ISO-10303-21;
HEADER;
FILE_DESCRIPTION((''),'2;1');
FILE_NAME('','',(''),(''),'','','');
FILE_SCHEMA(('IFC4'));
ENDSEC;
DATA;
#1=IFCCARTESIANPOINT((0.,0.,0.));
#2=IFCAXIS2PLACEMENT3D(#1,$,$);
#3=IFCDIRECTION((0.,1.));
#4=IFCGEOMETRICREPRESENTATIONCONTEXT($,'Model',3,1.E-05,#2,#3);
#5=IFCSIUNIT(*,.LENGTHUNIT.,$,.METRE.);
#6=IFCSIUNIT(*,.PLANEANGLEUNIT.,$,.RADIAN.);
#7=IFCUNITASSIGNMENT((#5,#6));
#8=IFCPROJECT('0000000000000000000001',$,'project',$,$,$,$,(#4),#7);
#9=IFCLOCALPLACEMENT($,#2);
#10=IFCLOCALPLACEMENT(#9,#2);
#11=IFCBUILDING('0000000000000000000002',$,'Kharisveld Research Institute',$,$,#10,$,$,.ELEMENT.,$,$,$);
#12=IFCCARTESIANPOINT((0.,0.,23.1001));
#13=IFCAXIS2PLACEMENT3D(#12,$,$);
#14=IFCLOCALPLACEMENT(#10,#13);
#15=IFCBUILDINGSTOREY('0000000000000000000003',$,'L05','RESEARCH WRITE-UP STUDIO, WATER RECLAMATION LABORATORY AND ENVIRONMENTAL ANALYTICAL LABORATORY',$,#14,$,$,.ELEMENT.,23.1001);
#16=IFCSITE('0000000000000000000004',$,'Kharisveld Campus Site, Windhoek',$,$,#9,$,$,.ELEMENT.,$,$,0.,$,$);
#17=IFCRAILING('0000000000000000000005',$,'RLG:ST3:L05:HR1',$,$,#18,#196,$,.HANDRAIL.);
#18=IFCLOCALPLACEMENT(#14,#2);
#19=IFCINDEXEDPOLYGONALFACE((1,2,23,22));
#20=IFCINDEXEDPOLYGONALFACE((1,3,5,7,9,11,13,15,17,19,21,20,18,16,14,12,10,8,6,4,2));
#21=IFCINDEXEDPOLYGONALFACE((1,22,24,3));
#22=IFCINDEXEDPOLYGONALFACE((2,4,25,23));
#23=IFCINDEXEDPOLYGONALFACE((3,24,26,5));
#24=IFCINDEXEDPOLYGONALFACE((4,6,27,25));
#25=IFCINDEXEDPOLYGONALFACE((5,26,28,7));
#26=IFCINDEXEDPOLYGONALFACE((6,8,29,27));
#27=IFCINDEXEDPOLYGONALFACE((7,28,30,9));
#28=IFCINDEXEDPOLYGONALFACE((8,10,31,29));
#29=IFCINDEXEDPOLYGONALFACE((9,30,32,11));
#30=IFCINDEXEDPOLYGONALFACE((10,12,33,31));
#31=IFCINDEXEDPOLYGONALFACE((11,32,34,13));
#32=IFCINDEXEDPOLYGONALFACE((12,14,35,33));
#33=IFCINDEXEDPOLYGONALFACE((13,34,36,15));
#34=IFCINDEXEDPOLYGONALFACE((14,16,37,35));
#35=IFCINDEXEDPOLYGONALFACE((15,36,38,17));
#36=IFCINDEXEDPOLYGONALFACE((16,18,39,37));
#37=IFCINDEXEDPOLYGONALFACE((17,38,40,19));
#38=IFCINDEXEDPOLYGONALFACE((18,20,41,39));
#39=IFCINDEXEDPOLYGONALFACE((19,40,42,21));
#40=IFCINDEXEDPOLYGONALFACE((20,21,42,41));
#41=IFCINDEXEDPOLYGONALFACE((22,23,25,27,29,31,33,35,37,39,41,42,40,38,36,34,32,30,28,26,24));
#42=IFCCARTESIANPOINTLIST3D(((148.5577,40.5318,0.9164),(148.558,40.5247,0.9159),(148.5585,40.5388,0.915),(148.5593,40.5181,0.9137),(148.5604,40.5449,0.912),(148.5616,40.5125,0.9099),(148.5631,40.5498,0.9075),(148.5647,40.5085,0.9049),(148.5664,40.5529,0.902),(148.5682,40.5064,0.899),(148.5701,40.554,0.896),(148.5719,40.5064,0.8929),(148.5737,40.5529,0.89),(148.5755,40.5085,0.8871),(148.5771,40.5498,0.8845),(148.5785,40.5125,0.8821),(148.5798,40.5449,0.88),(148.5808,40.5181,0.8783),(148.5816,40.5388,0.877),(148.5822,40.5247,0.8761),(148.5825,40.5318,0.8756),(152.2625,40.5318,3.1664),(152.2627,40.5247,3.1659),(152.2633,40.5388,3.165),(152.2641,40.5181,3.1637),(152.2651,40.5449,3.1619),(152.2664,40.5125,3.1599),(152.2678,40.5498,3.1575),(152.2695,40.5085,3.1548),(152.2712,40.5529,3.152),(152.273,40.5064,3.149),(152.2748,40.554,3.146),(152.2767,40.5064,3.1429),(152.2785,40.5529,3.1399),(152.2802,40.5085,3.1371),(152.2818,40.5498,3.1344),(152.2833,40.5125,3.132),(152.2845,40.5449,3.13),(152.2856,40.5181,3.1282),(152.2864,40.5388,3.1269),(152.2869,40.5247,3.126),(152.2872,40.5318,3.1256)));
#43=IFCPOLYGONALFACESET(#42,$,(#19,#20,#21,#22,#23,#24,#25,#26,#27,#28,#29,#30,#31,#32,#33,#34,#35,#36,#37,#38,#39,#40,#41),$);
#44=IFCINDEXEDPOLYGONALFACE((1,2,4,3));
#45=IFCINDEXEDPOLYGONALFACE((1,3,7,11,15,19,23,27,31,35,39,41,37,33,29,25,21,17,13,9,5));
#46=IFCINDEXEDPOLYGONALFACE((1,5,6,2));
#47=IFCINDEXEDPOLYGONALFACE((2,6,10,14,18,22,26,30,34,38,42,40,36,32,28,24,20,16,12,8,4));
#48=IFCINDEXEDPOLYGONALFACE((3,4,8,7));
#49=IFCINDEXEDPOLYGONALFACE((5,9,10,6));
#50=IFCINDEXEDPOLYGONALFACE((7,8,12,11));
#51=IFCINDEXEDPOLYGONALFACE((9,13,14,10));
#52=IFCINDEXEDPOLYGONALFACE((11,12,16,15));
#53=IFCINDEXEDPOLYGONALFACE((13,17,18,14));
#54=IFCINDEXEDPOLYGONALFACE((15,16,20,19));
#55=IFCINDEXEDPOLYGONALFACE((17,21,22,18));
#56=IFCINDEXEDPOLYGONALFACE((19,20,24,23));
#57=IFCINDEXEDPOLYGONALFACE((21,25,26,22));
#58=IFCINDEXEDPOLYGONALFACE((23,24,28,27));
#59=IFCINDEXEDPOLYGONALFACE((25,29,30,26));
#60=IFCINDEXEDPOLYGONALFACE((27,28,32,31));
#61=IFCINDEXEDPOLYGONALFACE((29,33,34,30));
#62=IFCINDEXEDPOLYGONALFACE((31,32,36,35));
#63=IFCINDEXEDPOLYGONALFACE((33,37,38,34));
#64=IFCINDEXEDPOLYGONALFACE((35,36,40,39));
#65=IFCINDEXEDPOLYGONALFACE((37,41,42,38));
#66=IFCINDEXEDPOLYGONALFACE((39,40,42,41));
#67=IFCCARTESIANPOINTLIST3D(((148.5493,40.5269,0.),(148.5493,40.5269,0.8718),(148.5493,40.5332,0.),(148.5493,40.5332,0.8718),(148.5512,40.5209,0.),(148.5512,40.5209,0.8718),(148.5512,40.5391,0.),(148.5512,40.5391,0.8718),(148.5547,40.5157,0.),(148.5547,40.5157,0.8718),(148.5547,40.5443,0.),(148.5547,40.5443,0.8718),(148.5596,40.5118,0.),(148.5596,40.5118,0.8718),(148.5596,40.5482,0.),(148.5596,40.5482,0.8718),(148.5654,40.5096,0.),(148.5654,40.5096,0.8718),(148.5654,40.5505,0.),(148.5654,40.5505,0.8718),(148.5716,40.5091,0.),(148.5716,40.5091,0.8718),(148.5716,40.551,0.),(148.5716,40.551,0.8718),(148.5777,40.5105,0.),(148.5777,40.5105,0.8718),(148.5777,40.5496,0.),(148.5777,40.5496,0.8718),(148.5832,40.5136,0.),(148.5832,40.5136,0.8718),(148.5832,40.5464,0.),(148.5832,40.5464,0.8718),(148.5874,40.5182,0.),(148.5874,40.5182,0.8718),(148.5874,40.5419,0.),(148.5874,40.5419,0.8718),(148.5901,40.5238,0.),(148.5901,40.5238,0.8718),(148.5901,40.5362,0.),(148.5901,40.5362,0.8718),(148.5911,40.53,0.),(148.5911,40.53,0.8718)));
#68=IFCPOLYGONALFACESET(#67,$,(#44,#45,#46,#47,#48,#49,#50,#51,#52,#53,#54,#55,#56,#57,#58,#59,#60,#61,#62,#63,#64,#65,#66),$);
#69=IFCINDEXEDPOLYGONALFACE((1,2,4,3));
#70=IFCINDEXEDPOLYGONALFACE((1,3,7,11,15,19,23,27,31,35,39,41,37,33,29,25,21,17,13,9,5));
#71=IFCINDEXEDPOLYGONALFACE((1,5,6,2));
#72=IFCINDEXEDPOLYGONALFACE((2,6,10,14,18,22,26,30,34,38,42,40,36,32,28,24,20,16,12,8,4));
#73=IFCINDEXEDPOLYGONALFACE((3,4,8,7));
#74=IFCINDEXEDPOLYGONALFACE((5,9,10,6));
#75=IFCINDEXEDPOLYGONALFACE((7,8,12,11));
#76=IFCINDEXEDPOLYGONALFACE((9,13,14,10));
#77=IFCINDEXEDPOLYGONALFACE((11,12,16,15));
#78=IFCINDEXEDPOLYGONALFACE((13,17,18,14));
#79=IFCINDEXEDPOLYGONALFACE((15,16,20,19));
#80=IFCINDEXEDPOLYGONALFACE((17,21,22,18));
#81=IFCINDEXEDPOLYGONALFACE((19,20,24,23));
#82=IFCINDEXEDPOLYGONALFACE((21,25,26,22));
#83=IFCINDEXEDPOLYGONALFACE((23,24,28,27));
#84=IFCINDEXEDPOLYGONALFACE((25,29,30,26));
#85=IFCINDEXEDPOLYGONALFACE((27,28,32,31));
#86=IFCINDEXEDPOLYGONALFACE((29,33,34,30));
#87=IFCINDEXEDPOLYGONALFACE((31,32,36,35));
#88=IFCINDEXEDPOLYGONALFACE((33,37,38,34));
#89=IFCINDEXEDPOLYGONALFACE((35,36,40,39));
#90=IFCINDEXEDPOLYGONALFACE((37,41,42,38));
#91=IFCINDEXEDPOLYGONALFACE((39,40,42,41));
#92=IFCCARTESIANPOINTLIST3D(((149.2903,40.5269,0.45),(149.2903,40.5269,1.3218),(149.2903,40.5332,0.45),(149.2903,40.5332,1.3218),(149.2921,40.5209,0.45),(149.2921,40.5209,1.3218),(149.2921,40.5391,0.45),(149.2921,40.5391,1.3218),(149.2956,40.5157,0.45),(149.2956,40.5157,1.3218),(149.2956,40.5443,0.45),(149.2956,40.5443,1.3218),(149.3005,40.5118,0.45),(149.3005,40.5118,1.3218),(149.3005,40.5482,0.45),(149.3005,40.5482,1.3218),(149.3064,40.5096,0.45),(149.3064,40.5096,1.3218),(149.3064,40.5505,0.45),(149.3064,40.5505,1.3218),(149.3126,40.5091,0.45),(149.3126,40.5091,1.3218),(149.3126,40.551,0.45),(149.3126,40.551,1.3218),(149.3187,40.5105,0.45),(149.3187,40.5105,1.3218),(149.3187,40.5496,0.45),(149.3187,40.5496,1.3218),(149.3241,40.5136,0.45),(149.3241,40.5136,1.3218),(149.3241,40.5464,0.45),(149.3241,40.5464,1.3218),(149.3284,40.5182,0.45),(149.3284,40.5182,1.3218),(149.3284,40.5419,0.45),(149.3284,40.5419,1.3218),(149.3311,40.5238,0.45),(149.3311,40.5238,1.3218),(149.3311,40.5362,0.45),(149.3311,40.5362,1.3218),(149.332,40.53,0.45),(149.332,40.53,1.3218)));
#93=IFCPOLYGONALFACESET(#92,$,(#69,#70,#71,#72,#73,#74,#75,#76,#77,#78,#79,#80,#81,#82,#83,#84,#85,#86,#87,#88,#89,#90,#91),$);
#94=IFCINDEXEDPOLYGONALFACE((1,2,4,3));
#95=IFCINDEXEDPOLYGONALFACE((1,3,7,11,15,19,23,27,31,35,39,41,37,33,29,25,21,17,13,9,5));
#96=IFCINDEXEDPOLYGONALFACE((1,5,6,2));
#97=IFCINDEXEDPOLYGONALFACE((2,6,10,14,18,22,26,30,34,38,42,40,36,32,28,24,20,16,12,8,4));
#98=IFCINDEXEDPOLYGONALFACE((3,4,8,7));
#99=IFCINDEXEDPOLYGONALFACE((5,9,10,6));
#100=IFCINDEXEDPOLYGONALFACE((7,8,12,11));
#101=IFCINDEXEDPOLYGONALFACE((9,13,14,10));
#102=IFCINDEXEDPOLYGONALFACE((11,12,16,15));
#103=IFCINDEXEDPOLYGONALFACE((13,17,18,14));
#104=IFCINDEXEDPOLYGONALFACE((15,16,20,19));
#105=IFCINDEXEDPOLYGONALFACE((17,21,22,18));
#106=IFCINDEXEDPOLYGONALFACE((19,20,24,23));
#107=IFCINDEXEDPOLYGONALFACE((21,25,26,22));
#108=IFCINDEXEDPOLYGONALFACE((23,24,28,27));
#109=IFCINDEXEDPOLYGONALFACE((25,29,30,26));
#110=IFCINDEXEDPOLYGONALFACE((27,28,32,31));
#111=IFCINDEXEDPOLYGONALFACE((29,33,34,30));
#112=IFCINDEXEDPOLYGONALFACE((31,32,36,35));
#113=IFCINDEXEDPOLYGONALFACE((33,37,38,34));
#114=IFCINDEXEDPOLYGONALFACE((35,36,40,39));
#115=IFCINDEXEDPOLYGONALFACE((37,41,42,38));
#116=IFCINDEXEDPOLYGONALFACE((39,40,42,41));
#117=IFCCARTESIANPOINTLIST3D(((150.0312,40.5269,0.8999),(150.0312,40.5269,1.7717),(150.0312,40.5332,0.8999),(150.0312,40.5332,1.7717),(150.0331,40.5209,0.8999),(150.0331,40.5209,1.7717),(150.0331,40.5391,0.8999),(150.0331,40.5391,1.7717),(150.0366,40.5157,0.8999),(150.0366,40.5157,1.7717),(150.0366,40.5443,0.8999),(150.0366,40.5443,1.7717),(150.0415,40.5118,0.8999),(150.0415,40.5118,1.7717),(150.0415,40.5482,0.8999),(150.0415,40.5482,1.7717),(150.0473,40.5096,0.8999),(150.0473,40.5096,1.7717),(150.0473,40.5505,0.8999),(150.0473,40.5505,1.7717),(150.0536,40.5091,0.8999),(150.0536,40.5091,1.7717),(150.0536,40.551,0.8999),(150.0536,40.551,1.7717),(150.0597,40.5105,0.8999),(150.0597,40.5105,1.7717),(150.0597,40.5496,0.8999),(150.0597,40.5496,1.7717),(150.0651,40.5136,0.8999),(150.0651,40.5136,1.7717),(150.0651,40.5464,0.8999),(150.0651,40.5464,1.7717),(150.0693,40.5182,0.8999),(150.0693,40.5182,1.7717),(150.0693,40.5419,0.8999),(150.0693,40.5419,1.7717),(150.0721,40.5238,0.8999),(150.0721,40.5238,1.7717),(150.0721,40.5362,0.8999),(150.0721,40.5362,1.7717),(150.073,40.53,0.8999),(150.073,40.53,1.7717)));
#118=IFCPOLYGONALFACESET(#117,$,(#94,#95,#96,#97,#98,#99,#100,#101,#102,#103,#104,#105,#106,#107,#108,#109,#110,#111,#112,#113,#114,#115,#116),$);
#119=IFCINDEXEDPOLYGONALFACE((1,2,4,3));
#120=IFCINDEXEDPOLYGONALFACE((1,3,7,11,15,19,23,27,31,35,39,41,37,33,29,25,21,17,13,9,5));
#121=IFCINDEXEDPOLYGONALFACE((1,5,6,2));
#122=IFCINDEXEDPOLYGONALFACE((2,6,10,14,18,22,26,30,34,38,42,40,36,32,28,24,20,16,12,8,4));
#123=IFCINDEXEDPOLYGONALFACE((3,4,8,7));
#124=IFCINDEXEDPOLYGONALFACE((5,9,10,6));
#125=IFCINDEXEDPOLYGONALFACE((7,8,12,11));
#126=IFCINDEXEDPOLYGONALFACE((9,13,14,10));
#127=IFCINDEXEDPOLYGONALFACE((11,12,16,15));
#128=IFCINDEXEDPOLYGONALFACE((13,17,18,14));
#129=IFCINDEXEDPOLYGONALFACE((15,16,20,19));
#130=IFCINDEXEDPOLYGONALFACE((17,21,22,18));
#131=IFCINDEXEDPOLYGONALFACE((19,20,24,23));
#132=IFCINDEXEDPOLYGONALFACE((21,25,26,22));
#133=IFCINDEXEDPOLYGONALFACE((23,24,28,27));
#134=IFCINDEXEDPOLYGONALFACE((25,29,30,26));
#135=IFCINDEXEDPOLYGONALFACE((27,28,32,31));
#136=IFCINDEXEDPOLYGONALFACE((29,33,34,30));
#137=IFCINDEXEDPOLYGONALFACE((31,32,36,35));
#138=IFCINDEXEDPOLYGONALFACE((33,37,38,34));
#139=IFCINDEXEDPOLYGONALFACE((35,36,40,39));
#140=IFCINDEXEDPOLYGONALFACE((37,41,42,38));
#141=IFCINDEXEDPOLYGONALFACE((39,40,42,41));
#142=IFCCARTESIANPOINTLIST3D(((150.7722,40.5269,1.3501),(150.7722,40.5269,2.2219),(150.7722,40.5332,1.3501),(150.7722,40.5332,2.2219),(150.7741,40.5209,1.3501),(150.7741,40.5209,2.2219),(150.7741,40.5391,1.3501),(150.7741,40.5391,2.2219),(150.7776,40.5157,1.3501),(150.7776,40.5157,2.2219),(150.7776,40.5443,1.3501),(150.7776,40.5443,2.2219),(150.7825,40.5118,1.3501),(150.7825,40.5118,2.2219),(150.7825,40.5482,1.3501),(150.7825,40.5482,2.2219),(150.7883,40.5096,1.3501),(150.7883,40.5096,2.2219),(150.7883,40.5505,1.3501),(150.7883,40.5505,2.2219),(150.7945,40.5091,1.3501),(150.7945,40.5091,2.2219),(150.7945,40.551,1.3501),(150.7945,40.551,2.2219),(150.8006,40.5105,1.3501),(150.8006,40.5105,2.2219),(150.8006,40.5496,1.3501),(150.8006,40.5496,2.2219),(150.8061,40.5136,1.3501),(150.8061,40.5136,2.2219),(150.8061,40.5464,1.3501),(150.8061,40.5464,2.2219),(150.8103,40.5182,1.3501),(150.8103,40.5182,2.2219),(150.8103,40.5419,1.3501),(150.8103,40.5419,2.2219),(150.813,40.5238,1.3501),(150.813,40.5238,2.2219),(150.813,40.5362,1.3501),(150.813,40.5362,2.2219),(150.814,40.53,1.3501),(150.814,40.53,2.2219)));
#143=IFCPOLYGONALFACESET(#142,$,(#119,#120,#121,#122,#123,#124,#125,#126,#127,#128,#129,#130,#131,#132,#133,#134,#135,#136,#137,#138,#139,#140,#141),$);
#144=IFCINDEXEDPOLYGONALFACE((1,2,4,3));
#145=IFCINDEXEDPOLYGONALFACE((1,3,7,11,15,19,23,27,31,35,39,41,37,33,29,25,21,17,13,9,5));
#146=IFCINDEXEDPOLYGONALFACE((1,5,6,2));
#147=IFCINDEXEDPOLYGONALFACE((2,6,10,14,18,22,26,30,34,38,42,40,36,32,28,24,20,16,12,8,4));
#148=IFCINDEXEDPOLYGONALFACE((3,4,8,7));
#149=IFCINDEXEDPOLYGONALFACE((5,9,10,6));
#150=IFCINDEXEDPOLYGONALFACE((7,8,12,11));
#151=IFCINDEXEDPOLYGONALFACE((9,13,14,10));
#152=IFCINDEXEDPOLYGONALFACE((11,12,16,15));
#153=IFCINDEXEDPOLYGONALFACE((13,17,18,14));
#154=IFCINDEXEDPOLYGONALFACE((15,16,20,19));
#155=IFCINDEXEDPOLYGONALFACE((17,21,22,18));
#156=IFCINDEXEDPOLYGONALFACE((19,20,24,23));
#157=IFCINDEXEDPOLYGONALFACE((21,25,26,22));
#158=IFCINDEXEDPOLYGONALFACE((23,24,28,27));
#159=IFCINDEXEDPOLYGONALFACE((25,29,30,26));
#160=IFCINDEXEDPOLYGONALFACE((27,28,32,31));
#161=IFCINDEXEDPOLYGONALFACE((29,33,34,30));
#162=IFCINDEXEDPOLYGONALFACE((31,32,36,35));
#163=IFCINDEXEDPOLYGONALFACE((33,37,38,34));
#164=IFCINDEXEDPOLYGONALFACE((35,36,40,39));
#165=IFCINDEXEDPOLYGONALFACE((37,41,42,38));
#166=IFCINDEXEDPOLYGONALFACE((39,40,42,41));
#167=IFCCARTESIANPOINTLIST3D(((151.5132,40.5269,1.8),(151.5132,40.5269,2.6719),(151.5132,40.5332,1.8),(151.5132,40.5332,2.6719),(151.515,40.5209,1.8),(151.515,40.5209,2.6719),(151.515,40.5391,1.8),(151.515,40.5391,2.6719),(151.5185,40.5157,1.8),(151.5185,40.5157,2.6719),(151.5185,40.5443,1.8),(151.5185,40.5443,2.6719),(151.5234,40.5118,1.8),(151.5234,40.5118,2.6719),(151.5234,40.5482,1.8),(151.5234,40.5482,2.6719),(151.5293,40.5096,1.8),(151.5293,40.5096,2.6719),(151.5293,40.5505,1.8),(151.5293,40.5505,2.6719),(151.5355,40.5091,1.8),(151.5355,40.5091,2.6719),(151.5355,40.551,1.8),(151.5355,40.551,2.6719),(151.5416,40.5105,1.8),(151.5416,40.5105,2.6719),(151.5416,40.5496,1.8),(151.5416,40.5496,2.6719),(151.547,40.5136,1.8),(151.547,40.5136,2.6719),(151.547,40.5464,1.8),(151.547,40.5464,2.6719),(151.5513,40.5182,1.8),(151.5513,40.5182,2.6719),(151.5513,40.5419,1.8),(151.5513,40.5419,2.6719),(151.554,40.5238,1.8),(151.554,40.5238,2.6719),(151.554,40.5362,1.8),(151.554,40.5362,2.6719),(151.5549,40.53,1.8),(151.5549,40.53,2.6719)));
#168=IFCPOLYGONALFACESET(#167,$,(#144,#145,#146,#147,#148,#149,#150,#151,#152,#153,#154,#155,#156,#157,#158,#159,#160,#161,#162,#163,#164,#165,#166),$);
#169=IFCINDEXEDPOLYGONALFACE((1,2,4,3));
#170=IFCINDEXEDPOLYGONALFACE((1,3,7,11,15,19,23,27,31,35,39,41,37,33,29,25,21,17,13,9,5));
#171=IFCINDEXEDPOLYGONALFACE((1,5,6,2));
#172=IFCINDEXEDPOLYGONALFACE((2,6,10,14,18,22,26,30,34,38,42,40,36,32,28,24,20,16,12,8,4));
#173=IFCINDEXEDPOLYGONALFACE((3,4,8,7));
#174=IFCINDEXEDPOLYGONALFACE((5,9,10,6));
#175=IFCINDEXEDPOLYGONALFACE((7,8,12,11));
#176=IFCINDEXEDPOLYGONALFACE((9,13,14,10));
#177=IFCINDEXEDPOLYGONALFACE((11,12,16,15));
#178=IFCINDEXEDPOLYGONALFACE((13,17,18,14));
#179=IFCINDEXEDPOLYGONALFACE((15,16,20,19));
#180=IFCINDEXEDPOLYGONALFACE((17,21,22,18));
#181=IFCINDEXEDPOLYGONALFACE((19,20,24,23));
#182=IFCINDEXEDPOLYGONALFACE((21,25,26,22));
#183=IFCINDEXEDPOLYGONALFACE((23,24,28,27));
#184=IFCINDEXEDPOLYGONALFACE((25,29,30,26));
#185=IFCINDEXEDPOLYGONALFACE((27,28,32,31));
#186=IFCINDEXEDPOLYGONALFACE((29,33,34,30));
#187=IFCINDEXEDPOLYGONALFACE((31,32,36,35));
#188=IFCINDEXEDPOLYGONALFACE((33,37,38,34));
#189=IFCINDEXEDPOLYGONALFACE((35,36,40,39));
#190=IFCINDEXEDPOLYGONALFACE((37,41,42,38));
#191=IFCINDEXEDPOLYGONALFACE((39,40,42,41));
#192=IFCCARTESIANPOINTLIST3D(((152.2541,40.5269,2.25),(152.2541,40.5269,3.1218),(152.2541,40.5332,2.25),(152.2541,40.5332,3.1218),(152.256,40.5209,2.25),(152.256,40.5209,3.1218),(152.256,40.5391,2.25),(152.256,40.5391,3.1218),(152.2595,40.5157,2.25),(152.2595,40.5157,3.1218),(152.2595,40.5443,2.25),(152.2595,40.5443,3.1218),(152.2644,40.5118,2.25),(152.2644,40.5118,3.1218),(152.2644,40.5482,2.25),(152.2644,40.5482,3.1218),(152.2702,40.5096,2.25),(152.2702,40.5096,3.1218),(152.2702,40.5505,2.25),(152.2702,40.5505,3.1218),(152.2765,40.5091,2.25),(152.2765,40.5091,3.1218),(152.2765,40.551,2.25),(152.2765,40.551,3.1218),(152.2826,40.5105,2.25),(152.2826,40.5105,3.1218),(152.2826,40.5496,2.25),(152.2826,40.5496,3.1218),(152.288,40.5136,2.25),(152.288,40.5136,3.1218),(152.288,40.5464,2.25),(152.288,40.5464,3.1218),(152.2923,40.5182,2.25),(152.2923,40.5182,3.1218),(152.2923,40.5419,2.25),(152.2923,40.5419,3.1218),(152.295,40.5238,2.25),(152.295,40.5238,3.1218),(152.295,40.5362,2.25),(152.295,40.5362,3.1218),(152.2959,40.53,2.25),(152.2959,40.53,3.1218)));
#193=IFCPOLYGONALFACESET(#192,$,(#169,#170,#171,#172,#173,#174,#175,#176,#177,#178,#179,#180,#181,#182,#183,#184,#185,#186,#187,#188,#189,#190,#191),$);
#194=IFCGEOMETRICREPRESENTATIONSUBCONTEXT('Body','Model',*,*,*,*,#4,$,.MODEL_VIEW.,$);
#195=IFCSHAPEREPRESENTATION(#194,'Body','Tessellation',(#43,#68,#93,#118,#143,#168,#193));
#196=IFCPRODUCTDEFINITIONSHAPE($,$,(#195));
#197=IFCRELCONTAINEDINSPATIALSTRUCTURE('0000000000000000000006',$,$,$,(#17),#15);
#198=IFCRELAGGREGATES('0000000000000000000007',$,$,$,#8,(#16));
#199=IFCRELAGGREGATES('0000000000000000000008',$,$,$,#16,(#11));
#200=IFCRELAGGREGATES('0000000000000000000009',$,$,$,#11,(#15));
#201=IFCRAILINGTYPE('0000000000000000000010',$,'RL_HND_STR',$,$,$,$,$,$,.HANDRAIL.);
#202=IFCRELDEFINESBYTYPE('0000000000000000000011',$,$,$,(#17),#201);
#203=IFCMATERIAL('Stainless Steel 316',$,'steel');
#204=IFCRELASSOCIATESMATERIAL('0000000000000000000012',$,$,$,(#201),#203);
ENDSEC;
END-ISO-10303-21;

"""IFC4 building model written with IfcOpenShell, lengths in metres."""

from ifc_helpers import new_model, si_unit, direction, frame, origin, origin_2d, place, context, subcontext, project, spatial, circle, extrude, material, type_object, element, save


model = new_model("IFC4")

# Units and contexts
model_context = context("Model", 3, precision=1e-05, world=origin(), true_north=direction((0.0, 1.0)))
body_context = subcontext(model_context, "Body", "Model", "MODEL_VIEW")
ifc_project = project(units=[si_unit("LENGTHUNIT", "METRE"), si_unit("PLANEANGLEUNIT", "RADIAN")], contexts=[model_context])

# Site, building, storey
site_placement = place(None, origin())
site = spatial("IfcSite", under=ifc_project, at=site_placement, Name="Kharisveld Campus Site, Windhoek", CompositionType="ELEMENT", RefElevation=0.0)
building_placement = place(site_placement, origin())
building = spatial("IfcBuilding", under=site, at=building_placement, Name="Kharisveld Research Institute", CompositionType="ELEMENT")
storey_placement = place(building_placement, frame((0.0, 0.0, 23.1001)))
storey = spatial("IfcBuildingStorey", under=building, at=storey_placement, Name="L05", Description="RESEARCH WRITE-UP STUDIO, WATER RECLAMATION LABORATORY AND ENVIRONMENTAL ANALYTICAL LABORATORY", CompositionType="ELEMENT", Elevation=23.1001)

# Railing
ifc_material_1 = material(Name="Stainless Steel 316", Category="steel")
railing_type_1 = type_object("IfcRailingType", Name="RL_HND_STR", PredefinedType="HANDRAIL", material=ifc_material_1)
railing_1_placement = place(storey_placement, frame((148.5701, 40.53, 0.0)))
element("IfcRailing", 1, at=railing_1_placement, inside=storey, type_object=railing_type_1, Name="RLG:ST3:L05:HR1", PredefinedType="HANDRAIL", context=body_context, shape_type="SweptSolid", body=[
    extrude(circle(Radius=0.0239, at=origin_2d()), frame((0.0, 0.0, 0.896), z_axis=(0.854722, 0.0, 0.519085), x_axis=(0.0, 1.0, 0.0)), (0.0, 0.0, 1.0), 4.3345),
    extrude(circle(Radius=0.021, at=origin_2d()), origin(), (0.0, 0.0, 1.0), 0.8718),
    extrude(circle(Radius=0.021, at=origin_2d()), frame((0.741, 0.0, 0.45)), (0.0, 0.0, 1.0), 0.8718),
    extrude(circle(Radius=0.021, at=origin_2d()), frame((1.4819, 0.0, 0.8999)), (0.0, 0.0, 1.0), 0.8718),
    extrude(circle(Radius=0.021, at=origin_2d()), frame((2.2229, 0.0, 1.3501)), (0.0, 0.0, 1.0), 0.8718),
    extrude(circle(Radius=0.021, at=origin_2d()), frame((2.9639, 0.0, 1.8)), (0.0, 0.0, 1.0), 0.8718),
    extrude(circle(Radius=0.021, at=origin_2d()), frame((3.7048, 0.0, 2.25)), (0.0, 0.0, 1.0), 0.8718),
])

save(model, "model.ifc")
